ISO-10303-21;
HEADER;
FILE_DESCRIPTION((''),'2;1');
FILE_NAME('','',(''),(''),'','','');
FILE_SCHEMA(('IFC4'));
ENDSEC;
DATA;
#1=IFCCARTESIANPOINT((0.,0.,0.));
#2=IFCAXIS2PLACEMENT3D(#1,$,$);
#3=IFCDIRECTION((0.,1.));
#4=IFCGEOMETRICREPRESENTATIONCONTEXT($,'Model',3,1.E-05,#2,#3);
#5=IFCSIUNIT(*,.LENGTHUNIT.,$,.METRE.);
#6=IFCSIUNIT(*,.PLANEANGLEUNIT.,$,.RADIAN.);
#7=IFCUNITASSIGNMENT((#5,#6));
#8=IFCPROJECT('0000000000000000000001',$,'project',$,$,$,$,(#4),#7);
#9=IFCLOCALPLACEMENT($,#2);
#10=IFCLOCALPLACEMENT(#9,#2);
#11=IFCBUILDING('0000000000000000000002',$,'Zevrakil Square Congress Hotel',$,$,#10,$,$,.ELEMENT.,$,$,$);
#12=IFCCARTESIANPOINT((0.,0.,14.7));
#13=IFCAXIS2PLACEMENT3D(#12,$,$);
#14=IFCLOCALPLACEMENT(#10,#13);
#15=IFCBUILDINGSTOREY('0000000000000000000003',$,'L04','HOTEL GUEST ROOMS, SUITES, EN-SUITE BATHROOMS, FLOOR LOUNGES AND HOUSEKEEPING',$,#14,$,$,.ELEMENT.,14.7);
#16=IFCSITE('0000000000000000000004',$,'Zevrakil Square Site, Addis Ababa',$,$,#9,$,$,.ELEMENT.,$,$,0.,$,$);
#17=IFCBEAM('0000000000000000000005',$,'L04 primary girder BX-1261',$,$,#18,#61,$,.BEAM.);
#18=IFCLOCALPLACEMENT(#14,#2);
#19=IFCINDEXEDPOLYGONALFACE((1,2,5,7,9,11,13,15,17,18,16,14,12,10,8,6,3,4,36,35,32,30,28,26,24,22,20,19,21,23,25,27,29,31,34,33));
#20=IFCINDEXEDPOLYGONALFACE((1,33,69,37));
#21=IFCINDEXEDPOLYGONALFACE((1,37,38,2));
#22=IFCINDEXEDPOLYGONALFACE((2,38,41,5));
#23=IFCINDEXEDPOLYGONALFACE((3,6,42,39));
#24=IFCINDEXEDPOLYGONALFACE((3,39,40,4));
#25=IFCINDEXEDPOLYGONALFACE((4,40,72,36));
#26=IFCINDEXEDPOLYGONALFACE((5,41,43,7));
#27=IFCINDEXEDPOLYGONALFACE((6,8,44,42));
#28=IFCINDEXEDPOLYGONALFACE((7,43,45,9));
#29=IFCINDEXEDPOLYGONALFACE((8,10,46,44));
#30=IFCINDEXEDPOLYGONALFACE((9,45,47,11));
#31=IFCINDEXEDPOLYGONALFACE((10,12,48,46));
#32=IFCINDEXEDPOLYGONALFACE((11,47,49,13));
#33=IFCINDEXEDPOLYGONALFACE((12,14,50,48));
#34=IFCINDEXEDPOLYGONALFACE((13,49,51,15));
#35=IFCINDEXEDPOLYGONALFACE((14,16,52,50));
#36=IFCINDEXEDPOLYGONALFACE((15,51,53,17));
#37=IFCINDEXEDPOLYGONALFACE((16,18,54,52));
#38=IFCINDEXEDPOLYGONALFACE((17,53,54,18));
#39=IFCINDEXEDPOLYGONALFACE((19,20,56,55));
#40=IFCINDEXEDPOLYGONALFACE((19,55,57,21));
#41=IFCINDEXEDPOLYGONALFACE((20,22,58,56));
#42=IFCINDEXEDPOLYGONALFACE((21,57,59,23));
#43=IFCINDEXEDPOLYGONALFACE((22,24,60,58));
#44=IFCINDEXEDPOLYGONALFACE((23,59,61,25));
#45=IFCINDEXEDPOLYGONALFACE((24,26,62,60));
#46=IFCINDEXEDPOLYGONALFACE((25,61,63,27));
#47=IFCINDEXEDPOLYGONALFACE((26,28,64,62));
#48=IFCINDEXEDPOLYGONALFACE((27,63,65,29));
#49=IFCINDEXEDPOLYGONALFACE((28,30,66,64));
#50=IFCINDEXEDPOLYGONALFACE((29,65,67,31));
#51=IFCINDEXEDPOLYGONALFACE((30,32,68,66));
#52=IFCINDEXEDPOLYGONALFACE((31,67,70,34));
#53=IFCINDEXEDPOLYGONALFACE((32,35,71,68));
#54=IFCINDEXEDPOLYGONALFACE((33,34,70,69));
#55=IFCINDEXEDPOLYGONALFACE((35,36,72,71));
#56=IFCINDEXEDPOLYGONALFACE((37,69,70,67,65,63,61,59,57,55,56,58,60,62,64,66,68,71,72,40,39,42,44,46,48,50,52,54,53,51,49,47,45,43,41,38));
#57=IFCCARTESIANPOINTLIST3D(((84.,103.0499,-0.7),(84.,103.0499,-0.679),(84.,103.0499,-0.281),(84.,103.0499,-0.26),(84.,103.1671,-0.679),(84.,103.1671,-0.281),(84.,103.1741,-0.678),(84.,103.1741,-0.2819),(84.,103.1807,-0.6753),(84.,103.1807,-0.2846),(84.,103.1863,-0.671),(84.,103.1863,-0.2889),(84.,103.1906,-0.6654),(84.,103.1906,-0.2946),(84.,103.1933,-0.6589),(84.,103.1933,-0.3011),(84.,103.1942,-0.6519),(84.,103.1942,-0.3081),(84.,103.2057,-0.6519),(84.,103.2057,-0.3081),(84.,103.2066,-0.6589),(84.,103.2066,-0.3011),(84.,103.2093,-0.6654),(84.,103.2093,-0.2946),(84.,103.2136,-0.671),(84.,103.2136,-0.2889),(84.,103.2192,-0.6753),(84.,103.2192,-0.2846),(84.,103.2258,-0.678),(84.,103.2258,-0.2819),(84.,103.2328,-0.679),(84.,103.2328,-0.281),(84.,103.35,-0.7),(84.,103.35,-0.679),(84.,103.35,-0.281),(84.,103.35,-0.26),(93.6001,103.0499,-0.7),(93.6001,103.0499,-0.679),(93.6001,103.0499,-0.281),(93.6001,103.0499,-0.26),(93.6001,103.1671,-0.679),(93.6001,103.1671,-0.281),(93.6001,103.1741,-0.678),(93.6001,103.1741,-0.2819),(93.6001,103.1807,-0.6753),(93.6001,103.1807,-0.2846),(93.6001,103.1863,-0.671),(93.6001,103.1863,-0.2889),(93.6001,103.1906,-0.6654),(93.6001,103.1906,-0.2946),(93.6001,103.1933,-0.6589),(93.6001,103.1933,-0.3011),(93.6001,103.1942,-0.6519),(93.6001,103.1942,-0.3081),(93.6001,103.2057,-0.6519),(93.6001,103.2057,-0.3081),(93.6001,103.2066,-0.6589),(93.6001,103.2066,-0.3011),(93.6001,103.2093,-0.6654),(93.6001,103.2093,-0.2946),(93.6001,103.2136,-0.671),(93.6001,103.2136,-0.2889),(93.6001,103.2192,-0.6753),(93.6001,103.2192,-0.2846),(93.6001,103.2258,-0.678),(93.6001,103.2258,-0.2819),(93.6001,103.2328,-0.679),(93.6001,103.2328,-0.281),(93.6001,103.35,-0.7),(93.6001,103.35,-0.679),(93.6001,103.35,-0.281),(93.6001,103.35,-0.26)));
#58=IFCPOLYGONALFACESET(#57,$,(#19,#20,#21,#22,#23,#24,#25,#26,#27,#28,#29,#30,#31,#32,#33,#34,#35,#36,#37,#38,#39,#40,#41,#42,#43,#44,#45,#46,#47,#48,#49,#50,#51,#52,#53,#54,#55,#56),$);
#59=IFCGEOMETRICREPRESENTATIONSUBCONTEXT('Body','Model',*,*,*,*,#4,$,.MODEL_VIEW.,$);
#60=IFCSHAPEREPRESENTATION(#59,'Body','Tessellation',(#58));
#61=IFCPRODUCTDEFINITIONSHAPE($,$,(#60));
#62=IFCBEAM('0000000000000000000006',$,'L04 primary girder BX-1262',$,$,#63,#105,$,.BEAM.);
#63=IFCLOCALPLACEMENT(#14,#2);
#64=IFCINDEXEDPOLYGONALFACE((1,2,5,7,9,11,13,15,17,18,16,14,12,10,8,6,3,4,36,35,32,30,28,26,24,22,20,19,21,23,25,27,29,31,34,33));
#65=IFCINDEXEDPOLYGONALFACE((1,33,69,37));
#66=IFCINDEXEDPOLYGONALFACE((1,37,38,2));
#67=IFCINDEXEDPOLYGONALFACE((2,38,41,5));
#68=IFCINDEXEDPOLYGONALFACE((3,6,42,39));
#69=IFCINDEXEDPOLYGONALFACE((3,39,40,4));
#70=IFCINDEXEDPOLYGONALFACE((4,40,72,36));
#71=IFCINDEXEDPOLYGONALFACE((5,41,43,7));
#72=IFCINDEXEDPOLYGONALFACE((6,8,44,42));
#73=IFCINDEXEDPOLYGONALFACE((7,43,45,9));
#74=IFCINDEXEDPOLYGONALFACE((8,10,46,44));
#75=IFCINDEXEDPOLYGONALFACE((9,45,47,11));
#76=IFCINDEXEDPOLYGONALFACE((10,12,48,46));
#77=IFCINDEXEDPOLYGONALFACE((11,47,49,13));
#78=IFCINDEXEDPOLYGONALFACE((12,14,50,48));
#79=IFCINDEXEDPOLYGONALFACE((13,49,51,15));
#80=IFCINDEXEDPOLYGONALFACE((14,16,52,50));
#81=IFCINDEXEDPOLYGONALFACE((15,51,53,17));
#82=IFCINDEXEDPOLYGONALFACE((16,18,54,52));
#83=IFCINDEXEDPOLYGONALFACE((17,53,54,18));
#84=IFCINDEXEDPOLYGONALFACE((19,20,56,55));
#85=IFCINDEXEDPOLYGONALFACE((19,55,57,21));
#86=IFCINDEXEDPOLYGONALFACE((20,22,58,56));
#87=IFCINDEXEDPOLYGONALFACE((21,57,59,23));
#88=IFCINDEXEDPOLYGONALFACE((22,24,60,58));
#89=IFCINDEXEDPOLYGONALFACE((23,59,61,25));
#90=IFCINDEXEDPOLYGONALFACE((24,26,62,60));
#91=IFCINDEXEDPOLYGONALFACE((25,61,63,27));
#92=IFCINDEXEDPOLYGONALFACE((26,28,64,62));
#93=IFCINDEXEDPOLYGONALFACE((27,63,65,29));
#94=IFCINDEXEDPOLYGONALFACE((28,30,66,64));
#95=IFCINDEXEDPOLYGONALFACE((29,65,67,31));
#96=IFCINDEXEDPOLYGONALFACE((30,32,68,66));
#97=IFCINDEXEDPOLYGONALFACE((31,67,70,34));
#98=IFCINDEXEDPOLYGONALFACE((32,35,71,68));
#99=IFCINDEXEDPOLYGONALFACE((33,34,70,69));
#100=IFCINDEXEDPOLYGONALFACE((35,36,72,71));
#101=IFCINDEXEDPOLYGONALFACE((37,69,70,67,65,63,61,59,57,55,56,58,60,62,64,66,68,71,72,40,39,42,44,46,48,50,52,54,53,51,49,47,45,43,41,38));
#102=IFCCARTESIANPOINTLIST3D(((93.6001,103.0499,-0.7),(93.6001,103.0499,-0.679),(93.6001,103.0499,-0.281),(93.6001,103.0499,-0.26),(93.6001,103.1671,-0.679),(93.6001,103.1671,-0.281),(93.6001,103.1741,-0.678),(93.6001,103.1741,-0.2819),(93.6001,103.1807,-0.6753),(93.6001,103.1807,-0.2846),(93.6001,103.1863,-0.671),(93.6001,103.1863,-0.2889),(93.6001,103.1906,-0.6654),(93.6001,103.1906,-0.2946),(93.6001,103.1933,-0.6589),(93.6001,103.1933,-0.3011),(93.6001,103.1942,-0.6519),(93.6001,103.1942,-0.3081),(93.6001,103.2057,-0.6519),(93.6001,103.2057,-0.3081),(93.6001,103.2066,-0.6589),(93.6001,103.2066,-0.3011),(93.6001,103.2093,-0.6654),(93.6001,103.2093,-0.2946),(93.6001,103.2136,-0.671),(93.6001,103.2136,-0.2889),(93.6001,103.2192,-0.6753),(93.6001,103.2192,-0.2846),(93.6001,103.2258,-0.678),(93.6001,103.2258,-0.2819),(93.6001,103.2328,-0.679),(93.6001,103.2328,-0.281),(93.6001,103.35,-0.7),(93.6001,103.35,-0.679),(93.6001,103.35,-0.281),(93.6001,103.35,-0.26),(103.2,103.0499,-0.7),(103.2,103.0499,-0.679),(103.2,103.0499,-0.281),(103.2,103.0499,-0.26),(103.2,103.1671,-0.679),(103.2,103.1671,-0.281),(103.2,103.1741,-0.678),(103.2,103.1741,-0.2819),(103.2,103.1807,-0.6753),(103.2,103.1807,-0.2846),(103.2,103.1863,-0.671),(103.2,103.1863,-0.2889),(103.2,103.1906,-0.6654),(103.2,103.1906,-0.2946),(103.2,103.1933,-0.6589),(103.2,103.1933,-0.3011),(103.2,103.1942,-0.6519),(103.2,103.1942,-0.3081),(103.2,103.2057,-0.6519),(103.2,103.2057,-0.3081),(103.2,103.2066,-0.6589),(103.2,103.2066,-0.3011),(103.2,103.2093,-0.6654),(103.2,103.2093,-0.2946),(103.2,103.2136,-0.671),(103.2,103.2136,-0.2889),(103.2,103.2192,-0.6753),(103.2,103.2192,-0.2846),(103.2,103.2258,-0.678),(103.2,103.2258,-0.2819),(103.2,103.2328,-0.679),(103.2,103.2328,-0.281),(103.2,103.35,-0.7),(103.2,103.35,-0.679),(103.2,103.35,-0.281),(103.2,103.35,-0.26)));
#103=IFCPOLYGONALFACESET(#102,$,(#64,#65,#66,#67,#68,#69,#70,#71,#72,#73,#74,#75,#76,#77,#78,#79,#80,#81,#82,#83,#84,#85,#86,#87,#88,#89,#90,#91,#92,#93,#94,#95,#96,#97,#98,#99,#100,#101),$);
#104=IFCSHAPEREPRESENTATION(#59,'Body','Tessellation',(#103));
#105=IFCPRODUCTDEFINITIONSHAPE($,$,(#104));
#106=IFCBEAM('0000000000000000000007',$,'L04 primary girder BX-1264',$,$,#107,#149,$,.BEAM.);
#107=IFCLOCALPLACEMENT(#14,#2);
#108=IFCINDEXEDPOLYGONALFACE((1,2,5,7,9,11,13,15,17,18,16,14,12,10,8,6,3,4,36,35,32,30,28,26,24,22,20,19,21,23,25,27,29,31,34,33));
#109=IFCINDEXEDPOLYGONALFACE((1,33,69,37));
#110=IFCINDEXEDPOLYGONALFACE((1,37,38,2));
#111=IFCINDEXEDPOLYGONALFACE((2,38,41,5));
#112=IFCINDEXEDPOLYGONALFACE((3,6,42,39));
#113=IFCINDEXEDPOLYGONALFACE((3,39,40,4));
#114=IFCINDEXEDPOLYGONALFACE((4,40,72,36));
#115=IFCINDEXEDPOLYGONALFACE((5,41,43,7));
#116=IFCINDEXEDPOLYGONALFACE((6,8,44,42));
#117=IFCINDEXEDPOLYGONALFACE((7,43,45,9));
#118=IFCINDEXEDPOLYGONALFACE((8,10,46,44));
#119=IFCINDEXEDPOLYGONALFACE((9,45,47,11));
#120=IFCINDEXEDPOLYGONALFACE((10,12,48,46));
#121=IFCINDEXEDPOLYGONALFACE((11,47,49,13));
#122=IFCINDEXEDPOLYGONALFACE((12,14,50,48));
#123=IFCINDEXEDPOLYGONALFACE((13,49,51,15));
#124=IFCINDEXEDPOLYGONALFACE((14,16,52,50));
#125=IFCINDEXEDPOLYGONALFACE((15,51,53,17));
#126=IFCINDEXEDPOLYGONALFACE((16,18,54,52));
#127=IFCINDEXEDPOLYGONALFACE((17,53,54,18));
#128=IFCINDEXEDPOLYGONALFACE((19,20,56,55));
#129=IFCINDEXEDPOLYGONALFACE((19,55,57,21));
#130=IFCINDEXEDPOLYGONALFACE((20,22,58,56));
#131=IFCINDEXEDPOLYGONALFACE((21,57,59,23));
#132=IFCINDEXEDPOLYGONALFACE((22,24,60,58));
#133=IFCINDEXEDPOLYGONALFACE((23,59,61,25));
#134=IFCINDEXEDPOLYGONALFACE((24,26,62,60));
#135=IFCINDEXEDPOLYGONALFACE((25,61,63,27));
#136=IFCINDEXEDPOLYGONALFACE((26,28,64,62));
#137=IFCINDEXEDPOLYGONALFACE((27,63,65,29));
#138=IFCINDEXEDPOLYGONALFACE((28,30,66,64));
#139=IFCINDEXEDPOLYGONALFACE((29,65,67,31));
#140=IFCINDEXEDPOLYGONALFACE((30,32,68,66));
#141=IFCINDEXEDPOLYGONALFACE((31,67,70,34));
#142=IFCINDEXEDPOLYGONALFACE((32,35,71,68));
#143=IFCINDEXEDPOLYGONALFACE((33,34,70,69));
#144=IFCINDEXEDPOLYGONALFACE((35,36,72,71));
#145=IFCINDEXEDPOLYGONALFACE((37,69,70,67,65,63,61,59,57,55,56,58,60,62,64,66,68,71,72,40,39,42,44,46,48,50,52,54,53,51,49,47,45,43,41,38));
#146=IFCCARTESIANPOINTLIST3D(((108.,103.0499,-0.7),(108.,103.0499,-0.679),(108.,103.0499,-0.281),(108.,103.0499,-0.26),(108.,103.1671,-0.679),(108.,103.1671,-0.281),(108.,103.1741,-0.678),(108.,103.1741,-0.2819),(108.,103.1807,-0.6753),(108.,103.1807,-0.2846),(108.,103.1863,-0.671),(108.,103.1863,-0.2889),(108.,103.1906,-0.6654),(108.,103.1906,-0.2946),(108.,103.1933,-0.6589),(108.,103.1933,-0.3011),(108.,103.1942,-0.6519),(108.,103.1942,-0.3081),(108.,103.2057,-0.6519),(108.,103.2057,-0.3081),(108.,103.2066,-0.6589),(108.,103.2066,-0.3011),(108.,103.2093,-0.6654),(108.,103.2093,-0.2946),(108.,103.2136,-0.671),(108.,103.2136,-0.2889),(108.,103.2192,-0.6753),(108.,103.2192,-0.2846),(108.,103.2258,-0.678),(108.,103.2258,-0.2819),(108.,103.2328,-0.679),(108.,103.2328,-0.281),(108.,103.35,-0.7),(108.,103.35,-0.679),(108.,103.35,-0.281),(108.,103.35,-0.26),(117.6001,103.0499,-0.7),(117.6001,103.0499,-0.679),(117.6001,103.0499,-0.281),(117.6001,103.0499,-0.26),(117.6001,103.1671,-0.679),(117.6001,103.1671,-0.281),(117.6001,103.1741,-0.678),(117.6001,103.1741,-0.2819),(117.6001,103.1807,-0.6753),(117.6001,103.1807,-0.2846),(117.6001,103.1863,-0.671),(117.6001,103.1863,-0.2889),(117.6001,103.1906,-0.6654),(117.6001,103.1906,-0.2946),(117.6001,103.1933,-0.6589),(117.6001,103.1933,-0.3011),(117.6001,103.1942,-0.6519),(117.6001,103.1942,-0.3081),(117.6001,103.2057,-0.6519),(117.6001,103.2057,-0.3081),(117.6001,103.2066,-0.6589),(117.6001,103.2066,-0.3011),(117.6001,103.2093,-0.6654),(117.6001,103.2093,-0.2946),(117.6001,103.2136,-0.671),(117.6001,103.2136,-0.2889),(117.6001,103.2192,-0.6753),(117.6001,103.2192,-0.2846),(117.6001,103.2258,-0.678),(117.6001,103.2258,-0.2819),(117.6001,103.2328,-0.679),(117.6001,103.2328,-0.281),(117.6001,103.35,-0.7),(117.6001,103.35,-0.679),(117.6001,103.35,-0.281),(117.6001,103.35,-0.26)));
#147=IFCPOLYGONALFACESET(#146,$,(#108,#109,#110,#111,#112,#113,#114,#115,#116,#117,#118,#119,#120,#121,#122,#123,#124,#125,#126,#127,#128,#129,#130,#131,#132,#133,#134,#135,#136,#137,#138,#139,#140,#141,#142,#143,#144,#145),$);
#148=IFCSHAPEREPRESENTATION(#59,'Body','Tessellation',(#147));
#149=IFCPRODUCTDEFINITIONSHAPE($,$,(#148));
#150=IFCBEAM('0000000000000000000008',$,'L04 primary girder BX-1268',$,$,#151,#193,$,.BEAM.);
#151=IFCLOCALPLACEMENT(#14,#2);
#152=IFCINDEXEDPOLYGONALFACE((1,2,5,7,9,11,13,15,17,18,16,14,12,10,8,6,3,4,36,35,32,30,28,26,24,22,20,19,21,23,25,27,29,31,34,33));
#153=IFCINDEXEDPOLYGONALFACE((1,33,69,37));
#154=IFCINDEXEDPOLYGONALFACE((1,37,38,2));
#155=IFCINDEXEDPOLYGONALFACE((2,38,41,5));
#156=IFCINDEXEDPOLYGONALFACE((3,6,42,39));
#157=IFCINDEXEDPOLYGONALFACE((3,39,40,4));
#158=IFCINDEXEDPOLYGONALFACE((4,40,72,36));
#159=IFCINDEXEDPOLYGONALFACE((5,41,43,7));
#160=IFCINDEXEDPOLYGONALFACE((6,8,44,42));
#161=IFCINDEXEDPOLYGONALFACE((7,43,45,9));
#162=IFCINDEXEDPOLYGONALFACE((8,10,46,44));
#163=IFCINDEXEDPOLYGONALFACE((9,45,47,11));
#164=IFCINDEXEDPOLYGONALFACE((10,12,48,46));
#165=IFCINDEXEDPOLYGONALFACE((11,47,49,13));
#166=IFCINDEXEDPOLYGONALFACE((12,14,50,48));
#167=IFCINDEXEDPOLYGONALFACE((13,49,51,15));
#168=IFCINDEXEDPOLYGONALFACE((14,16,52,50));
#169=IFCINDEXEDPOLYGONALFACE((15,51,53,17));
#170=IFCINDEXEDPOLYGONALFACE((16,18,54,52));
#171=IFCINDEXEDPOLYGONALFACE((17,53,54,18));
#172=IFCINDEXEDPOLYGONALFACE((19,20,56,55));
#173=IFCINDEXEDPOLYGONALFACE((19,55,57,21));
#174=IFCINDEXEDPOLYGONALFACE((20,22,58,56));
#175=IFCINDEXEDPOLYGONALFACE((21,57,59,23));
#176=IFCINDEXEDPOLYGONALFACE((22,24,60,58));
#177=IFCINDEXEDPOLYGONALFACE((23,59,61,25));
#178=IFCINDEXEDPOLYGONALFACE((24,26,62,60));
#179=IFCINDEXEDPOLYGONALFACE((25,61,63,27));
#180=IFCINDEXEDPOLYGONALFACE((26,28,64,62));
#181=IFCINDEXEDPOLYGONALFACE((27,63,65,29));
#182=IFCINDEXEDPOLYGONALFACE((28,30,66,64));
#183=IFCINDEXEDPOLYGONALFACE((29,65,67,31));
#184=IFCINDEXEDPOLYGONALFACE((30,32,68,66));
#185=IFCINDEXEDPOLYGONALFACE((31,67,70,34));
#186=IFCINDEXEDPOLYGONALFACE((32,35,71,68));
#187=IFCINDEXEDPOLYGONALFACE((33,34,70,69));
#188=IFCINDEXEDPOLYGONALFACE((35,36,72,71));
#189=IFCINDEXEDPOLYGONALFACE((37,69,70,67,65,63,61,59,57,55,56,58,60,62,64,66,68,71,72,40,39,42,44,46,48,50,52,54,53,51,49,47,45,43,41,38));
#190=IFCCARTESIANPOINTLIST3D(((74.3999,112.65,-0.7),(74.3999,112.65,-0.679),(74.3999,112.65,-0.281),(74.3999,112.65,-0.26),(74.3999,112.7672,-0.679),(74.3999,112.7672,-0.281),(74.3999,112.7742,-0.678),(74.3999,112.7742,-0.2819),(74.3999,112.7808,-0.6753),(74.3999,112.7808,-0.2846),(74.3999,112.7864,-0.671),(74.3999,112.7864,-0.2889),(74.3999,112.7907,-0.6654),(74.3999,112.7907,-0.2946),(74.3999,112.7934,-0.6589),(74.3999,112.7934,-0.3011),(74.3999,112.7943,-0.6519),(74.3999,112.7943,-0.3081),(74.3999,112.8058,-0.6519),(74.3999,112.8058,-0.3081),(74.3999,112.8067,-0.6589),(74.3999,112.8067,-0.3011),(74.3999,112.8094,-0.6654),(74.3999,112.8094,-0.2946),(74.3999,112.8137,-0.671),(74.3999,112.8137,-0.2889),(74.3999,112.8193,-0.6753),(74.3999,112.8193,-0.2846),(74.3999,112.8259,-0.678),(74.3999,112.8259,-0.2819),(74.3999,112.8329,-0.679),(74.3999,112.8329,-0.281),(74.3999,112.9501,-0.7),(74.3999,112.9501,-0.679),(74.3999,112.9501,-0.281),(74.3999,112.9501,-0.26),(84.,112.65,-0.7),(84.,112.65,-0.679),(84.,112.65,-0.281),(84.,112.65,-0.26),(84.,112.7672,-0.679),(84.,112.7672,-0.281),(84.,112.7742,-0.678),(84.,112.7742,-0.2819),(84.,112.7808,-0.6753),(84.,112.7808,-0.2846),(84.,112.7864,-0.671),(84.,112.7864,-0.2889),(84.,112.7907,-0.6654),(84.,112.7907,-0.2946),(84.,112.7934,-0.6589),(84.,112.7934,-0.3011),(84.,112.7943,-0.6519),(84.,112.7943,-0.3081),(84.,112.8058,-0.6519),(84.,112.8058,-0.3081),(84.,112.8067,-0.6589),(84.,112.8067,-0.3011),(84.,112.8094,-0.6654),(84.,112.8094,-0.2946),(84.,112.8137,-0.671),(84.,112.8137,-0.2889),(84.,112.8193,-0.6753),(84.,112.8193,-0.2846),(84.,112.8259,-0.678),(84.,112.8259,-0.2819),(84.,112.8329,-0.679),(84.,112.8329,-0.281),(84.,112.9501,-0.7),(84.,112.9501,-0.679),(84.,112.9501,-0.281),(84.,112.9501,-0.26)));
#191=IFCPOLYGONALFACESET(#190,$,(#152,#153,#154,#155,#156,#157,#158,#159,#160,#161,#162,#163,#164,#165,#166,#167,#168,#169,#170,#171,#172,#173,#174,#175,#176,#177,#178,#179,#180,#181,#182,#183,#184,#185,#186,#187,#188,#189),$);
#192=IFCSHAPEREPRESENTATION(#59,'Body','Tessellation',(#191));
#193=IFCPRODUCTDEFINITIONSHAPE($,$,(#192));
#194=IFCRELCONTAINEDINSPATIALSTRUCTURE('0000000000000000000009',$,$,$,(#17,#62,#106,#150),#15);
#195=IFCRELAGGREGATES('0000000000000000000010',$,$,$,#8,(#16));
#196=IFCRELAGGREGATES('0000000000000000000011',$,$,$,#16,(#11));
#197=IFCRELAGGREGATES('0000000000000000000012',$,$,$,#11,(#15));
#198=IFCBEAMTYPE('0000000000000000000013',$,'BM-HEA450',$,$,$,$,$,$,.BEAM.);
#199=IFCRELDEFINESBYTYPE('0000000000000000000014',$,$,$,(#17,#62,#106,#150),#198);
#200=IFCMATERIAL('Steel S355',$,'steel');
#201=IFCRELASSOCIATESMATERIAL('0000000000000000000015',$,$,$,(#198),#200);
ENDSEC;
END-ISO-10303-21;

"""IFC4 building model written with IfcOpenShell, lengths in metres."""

from ifc_helpers import new_model, si_unit, direction, frame, origin, origin_2d, place, context, subcontext, project, spatial, i_section, extrude, material, material_profile, profile_set, type_object, element, save


model = new_model("IFC4")

# Units and contexts
model_context = context("Model", 3, precision=1e-05, world=origin(), true_north=direction((0.0, 1.0)))
body_context = subcontext(model_context, "Body", "Model", "MODEL_VIEW")
ifc_project = project(units=[si_unit("LENGTHUNIT", "METRE"), si_unit("PLANEANGLEUNIT", "RADIAN")], contexts=[model_context])

# Site, building, storey
site_placement = place(None, origin())
site = spatial("IfcSite", under=ifc_project, at=site_placement, Name="Zevrakil Square Site, Addis Ababa", CompositionType="ELEMENT", RefElevation=0.0)
building_placement = place(site_placement, origin())
building = spatial("IfcBuilding", under=site, at=building_placement, Name="Zevrakil Square Congress Hotel", CompositionType="ELEMENT")
storey_placement = place(building_placement, frame((0.0, 0.0, 14.7)))
storey = spatial("IfcBuildingStorey", under=building, at=storey_placement, Name="L04", Description="HOTEL GUEST ROOMS, SUITES, EN-SUITE BATHROOMS, FLOOR LOUNGES AND HOUSEKEEPING", CompositionType="ELEMENT", Elevation=14.7)

# Beams
ifc_material_1 = material(Name="Steel S355", Category="steel")
ifc_material_profile_1 = material_profile(ifc_material_1, i_section(OverallWidth=0.3, OverallDepth=0.4399, WebThickness=0.0115, FlangeThickness=0.021, FilletRadius=0.0271, at=origin_2d()), Name="HEA 450")
ifc_profile_set_1 = profile_set([ifc_material_profile_1], Name="Steel S355")
beam_type_1 = type_object("IfcBeamType", Name="BM-HEA450", PredefinedType="BEAM", material=ifc_profile_set_1)
for number, where, z_axis, x_axis, name in (
    (1, (84.0, 103.2, -0.48), (1.0, 0.0, 0.0), (0.0, 1.0, 0.0), "L04 primary girder BX-1261"),
):
    element("IfcBeam", number, at=place(storey_placement, frame(where, z_axis=z_axis, x_axis=x_axis)), inside=storey, type_object=beam_type_1, Name=name, PredefinedType="BEAM", context=body_context, shape_type="SweptSolid", body=[
        extrude(i_section(OverallWidth=0.3, OverallDepth=0.4399, WebThickness=0.0115, FlangeThickness=0.021, FilletRadius=0.0271, at=origin_2d()), origin(), (0.0, 0.0, 1.0), 9.6001),
    ])
beam_1_placement = place(storey_placement, frame((93.6001, 103.2, -0.48), z_axis=(1.0, 0.0, 0.0), x_axis=(0.0, 1.0, 0.0)))
element("IfcBeam", 2, at=beam_1_placement, inside=storey, type_object=beam_type_1, Name="L04 primary girder BX-1262", PredefinedType="BEAM", context=body_context, shape_type="SweptSolid", body=[
    extrude(i_section(OverallWidth=0.3, OverallDepth=0.4399, WebThickness=0.0115, FlangeThickness=0.021, FilletRadius=0.0271, at=origin_2d()), origin(), (0.0, 0.0, 1.0), 9.5999),
])
for number, where, z_axis, x_axis, name in (
    (3, (108.0, 103.2, -0.48), (1.0, 0.0, 0.0), (0.0, 1.0, 0.0), "L04 primary girder BX-1264"),
    (4, (74.3999, 112.8, -0.48), (1.0, 0.0, 0.0), (0.0, 1.0, 0.0), "L04 primary girder BX-1268"),
):
    element("IfcBeam", number, at=place(storey_placement, frame(where, z_axis=z_axis, x_axis=x_axis)), inside=storey, type_object=beam_type_1, Name=name, PredefinedType="BEAM", context=body_context, shape_type="SweptSolid", body=[
        extrude(i_section(OverallWidth=0.3, OverallDepth=0.4399, WebThickness=0.0115, FlangeThickness=0.021, FilletRadius=0.0271, at=origin_2d()), origin(), (0.0, 0.0, 1.0), 9.6001),
    ])

save(model, "model.ifc")
